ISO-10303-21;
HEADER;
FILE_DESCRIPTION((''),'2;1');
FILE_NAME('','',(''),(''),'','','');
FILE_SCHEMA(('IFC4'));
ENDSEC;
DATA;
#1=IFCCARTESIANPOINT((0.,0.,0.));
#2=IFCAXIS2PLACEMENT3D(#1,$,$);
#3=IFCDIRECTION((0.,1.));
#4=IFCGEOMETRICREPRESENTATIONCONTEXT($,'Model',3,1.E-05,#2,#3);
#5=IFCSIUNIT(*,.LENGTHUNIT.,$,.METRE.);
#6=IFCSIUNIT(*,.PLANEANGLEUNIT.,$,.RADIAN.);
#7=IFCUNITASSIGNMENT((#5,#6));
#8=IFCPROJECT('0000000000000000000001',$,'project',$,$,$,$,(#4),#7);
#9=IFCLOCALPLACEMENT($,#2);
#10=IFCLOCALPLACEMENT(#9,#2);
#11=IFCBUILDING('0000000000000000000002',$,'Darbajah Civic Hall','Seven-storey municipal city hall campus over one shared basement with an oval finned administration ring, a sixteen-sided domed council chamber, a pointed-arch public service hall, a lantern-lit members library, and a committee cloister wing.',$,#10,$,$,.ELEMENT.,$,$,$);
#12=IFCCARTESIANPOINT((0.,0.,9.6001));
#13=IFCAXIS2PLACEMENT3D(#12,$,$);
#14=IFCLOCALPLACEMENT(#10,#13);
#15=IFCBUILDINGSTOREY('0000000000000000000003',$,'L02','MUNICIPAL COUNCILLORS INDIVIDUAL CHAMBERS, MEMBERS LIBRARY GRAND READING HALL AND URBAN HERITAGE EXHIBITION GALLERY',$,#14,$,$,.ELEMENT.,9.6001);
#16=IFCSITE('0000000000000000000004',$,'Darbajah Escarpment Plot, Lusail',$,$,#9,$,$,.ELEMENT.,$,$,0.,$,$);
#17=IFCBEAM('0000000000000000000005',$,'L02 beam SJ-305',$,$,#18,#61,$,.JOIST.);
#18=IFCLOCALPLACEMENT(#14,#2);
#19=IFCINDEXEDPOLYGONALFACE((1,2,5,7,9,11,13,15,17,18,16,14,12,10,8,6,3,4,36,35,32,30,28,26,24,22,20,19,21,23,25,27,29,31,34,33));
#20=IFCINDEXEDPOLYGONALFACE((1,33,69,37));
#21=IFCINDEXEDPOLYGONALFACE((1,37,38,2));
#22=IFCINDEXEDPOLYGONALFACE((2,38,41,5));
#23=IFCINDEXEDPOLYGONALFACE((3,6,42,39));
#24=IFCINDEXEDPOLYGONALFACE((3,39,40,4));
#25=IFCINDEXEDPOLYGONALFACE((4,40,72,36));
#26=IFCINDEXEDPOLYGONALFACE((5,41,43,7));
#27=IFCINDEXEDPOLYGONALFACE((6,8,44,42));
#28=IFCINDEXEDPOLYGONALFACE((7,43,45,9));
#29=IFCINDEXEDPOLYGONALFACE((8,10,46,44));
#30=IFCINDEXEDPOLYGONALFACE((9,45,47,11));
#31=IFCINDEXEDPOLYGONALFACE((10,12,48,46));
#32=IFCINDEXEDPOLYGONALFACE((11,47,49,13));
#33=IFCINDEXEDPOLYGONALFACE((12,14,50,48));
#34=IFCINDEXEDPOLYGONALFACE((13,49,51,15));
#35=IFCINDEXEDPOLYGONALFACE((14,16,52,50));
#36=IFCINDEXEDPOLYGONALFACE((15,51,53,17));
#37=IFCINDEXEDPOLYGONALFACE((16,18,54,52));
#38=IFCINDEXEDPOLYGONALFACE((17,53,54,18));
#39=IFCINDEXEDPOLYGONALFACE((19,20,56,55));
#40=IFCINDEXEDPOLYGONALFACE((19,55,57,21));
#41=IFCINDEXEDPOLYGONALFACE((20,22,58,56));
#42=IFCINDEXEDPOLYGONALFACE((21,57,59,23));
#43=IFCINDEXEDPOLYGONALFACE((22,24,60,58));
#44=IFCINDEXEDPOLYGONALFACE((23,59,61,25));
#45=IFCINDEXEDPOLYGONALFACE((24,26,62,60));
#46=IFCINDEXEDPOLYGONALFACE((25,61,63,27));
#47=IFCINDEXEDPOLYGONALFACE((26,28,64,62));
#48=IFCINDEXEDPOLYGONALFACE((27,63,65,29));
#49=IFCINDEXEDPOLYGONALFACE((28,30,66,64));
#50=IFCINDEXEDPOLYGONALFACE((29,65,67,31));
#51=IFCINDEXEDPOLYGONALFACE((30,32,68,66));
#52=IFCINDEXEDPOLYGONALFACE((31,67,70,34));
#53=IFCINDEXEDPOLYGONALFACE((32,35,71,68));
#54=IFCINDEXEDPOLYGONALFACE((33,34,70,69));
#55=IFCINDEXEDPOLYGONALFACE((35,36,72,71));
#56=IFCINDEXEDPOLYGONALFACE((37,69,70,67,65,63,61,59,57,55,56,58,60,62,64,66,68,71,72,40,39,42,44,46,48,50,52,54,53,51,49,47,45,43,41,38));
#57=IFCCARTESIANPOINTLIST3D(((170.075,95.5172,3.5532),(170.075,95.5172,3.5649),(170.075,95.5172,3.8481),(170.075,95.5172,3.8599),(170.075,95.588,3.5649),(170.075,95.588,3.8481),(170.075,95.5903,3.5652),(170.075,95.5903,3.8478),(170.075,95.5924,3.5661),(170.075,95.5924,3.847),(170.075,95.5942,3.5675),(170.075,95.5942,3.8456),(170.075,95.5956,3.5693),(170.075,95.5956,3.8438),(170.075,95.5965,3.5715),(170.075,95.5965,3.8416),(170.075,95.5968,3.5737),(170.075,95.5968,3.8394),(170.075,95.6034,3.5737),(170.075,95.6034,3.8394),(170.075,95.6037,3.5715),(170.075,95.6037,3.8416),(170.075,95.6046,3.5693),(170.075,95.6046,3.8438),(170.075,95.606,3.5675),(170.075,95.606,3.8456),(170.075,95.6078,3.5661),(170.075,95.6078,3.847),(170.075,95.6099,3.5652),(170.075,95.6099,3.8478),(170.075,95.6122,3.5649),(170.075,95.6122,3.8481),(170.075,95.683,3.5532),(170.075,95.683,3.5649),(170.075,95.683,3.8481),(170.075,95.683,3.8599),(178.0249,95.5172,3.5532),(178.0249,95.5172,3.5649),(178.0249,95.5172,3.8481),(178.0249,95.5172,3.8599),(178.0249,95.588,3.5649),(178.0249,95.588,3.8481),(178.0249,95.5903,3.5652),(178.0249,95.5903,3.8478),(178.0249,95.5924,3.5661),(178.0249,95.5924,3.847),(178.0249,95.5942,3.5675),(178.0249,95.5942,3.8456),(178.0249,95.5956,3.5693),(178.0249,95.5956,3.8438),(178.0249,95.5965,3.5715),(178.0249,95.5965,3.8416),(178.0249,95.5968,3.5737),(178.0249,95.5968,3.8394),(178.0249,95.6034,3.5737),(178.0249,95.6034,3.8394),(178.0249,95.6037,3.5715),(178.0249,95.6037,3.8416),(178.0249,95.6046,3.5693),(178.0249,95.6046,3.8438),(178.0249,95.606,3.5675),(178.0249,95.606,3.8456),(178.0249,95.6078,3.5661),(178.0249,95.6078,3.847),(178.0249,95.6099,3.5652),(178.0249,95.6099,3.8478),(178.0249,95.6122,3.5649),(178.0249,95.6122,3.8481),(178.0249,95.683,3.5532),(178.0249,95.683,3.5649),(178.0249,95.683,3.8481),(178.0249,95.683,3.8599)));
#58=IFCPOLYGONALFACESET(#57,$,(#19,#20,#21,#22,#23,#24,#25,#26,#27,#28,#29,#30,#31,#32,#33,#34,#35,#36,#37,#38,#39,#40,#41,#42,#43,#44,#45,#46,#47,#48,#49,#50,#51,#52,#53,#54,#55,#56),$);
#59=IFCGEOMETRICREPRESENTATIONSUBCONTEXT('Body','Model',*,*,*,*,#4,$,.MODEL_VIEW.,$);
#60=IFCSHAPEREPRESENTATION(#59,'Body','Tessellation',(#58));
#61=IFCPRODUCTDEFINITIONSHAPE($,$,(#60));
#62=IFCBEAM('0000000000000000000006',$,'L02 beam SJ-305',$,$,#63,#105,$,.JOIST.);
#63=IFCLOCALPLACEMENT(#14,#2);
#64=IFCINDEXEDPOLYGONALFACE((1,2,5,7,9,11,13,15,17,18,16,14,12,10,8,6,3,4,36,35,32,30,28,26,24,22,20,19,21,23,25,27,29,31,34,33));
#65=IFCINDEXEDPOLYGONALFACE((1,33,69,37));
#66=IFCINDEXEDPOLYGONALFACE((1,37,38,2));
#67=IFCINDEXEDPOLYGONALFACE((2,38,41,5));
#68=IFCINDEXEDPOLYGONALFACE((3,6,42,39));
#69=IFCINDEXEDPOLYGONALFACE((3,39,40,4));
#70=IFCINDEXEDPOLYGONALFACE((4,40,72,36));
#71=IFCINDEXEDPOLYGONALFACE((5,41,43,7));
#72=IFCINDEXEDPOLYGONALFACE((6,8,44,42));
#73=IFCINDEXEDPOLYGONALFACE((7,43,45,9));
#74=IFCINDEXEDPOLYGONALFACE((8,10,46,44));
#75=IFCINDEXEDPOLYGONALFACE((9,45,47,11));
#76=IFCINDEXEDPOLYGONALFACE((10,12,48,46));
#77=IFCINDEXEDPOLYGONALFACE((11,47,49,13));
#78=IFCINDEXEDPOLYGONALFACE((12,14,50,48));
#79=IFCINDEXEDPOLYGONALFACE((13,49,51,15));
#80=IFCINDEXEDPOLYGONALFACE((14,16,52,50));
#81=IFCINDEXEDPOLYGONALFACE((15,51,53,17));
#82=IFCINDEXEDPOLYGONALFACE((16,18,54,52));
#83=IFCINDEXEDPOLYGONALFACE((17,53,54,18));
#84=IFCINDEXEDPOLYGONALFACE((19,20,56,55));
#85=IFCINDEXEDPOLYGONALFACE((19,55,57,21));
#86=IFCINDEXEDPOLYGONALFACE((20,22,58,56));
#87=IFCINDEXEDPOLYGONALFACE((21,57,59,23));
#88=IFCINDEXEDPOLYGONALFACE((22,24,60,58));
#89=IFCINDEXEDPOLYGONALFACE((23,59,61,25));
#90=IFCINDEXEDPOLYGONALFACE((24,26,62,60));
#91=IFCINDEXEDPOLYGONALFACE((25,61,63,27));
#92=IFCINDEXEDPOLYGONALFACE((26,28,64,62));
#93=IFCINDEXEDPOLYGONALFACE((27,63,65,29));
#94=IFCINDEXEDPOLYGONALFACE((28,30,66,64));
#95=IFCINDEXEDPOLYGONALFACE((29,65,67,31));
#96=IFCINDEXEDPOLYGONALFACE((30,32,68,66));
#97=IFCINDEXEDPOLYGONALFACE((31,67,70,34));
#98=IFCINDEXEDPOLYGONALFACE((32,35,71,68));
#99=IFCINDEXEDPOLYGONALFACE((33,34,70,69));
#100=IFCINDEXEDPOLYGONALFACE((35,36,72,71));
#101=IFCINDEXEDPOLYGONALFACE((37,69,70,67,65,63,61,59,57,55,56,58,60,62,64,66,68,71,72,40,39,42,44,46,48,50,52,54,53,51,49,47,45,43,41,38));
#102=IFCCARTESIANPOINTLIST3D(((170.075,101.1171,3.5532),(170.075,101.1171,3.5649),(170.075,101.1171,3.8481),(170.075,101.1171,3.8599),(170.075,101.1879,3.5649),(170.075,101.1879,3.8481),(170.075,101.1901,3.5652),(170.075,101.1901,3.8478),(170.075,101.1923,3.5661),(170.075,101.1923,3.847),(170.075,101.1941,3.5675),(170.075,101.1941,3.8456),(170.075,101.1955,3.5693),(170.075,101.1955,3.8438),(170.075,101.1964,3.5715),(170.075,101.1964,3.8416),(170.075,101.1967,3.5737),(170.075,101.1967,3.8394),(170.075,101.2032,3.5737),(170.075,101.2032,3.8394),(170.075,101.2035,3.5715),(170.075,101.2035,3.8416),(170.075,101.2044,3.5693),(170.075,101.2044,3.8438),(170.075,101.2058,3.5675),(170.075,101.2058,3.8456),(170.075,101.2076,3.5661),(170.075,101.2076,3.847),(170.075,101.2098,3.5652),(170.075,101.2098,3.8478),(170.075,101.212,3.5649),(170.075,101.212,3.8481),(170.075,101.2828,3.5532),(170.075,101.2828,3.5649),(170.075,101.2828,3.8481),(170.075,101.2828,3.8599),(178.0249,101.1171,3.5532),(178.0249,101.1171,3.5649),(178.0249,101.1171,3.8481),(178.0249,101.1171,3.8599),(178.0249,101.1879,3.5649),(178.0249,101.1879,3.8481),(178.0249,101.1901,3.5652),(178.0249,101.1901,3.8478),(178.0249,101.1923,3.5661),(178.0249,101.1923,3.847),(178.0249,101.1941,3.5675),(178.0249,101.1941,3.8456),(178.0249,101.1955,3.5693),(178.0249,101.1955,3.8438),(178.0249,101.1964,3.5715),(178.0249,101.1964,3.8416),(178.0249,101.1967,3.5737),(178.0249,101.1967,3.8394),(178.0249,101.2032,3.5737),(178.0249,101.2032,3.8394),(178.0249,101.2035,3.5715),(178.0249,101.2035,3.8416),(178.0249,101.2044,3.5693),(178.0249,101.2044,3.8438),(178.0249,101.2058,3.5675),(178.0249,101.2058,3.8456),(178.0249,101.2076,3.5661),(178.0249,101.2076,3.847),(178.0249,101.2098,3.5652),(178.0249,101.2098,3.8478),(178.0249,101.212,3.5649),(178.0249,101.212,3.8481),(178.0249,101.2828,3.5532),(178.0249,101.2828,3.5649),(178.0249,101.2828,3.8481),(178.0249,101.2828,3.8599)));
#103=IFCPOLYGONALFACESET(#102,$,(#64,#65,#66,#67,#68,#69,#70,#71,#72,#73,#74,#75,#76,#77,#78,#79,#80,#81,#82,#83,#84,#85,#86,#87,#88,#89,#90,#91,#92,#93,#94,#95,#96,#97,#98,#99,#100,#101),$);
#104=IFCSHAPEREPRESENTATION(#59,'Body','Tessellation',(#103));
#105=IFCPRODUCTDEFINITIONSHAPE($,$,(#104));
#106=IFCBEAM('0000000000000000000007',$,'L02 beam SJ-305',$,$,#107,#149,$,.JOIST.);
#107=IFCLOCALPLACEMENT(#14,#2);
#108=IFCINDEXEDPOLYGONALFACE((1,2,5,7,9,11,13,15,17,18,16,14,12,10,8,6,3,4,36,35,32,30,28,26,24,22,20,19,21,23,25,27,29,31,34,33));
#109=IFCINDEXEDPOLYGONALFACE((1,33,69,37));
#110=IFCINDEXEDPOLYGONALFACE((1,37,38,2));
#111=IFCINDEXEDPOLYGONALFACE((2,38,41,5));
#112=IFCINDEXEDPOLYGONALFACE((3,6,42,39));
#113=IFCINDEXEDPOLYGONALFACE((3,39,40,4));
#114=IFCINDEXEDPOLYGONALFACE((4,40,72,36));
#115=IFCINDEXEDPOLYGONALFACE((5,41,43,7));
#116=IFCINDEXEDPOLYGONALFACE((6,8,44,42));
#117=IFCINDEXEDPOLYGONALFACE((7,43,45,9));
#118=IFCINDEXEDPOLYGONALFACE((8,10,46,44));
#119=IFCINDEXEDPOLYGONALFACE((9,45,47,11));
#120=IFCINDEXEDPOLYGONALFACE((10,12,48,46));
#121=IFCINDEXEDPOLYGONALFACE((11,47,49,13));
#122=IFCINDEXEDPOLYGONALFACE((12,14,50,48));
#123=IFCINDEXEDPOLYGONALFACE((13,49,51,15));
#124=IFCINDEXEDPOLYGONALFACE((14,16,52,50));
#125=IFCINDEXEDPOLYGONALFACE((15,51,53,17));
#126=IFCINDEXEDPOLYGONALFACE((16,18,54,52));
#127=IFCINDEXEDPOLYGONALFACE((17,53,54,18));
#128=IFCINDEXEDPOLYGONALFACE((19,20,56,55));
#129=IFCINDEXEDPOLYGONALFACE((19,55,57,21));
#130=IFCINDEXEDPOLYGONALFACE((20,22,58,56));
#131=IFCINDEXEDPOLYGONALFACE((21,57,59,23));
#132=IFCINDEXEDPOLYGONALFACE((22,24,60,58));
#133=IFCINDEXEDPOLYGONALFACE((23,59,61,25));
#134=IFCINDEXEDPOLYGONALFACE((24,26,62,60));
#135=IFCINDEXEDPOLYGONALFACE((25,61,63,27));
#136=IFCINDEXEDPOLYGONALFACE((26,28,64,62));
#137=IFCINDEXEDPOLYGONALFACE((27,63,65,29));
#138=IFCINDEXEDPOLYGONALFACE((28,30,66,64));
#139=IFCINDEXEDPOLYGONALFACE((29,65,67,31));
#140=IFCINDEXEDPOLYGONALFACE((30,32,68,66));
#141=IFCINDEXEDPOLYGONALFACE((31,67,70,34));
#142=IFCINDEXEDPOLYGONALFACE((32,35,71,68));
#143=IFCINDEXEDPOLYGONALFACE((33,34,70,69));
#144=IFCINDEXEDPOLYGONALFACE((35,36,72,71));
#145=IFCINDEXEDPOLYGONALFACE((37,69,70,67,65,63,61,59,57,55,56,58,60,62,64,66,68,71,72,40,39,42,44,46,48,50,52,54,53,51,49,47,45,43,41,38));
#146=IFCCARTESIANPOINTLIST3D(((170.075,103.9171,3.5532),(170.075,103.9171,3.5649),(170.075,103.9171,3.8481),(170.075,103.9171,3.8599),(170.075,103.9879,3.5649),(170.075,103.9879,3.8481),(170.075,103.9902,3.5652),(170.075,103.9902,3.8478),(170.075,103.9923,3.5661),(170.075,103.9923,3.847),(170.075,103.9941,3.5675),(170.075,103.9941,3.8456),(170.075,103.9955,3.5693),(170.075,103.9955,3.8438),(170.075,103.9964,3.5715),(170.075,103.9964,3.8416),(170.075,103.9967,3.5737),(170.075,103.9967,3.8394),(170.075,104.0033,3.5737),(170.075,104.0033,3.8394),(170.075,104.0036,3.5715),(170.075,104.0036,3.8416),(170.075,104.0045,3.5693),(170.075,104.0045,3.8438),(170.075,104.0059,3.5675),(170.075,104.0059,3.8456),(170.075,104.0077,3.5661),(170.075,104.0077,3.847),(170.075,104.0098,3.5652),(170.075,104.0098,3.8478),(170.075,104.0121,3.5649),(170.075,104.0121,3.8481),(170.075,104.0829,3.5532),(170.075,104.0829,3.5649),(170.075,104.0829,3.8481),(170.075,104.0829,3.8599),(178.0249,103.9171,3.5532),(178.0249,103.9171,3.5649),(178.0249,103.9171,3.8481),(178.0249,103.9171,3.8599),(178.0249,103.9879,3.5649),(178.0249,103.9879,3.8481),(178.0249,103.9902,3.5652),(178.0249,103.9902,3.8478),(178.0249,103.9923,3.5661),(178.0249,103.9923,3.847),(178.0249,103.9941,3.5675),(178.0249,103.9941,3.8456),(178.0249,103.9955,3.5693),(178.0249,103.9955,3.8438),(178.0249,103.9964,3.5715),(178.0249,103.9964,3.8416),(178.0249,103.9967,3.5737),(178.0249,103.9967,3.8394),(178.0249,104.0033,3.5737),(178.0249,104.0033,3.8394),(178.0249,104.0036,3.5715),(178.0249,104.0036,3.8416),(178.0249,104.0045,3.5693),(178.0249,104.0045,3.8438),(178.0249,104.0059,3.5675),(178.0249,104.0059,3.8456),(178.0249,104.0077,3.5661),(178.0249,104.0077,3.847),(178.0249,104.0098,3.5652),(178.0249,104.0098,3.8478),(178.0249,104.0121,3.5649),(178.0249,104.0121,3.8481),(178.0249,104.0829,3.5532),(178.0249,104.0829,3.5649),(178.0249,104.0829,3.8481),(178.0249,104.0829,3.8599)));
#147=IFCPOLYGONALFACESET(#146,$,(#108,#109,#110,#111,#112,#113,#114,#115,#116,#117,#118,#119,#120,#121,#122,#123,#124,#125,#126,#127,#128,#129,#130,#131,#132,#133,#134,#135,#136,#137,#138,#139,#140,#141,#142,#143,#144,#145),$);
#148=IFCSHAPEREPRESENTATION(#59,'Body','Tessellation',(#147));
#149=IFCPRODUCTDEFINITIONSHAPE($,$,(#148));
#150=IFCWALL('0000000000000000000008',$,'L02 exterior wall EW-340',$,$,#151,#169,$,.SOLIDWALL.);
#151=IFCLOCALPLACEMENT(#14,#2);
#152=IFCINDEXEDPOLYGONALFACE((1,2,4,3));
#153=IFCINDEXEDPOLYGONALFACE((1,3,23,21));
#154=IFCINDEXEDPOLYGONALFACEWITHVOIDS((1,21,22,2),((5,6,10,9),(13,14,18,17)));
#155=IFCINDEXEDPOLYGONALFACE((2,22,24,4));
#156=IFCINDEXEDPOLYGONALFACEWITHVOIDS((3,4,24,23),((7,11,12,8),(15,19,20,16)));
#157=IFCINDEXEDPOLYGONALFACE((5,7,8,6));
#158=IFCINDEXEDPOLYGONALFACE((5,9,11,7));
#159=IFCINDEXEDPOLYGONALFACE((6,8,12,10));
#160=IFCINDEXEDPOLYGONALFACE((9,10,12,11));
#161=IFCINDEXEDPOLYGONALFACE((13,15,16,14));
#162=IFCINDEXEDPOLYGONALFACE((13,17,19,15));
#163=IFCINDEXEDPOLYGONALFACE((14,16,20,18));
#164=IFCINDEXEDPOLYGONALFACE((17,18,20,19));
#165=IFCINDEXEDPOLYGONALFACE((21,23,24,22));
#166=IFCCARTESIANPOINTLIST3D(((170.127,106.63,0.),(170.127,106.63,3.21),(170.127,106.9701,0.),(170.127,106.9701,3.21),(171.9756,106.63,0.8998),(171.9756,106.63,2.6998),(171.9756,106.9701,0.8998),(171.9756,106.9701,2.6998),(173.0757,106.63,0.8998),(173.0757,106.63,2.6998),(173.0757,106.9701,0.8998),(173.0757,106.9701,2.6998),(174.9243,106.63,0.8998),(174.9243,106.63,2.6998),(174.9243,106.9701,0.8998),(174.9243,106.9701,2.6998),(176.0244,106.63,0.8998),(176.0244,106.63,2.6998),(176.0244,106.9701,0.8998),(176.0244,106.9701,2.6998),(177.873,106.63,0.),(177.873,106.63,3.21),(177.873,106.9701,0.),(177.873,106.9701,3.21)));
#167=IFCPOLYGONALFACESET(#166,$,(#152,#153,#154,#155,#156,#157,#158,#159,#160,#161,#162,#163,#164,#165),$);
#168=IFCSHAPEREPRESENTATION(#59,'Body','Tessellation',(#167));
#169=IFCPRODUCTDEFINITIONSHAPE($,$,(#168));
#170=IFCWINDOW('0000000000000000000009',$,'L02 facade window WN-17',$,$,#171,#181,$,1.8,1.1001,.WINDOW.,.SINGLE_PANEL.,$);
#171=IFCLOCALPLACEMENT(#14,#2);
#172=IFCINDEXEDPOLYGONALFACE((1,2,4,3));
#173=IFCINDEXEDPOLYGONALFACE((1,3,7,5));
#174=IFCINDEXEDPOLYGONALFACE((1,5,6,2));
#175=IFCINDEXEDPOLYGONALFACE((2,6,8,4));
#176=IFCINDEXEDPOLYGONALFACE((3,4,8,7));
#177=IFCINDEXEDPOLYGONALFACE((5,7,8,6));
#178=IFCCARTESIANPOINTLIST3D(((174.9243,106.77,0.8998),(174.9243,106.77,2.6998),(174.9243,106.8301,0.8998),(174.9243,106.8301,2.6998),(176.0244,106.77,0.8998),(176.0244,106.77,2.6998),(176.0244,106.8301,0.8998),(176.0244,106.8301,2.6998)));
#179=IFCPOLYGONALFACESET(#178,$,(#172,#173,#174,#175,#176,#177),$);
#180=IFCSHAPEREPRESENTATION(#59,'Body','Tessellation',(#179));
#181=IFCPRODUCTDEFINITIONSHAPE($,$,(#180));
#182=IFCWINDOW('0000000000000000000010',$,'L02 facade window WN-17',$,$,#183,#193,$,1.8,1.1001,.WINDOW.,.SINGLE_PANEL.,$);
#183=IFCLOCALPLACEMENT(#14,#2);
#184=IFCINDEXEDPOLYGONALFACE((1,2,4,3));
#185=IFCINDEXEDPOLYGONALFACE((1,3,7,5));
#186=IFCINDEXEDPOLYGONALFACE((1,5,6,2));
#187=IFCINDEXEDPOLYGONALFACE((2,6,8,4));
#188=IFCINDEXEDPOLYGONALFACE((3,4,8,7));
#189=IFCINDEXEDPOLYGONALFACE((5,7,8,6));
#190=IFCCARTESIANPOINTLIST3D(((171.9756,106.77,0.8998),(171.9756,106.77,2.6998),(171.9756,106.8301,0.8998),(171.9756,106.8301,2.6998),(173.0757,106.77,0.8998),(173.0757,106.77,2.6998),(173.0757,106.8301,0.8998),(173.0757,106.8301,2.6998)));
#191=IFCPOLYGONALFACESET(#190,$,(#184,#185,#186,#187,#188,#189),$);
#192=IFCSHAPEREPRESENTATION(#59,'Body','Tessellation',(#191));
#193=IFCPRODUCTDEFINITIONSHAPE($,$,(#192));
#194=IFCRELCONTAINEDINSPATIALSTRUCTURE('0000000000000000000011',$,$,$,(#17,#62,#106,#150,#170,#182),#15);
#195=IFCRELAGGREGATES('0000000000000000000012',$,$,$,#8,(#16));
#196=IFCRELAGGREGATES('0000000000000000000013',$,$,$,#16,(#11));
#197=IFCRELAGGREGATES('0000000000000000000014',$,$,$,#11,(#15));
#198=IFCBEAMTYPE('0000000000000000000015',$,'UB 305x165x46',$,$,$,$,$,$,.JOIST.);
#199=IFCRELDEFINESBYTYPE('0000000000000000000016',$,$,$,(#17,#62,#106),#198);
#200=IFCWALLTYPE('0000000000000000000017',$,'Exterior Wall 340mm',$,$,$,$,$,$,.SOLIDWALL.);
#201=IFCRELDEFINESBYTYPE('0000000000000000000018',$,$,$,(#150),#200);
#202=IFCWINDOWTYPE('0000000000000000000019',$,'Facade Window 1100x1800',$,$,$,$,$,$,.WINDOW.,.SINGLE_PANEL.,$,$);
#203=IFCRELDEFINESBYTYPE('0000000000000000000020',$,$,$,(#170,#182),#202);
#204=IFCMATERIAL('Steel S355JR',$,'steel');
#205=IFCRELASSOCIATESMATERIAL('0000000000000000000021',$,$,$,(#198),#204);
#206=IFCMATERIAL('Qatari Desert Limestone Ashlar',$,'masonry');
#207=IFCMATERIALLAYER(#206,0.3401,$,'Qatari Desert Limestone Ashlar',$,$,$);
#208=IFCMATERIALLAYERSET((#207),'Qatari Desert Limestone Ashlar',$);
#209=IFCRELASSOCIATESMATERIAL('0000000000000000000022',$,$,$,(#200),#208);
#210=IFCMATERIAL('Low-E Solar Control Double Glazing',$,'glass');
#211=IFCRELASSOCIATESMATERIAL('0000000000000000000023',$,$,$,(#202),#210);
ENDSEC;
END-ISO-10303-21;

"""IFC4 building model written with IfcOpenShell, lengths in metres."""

from ifc_helpers import new_model, si_unit, direction, frame, frame_2d, origin, origin_2d, place, context, subcontext, project, spatial, rectangle, i_section, extrude, material, layer, layer_set, material_profile, profile_set, type_object, element, fill, save


model = new_model("IFC4")

# Units and contexts
model_context = context("Model", 3, precision=1e-05, world=origin(), true_north=direction((0.0, 1.0)))
body_context = subcontext(model_context, "Body", "Model", "MODEL_VIEW")
ifc_project = project(units=[si_unit("LENGTHUNIT", "METRE"), si_unit("PLANEANGLEUNIT", "RADIAN")], contexts=[model_context])

# Site, building, storey
site_placement = place(None, origin())
site = spatial("IfcSite", under=ifc_project, at=site_placement, Name="Darbajah Escarpment Plot, Lusail", CompositionType="ELEMENT", RefElevation=0.0)
building_placement = place(site_placement, origin())
building = spatial("IfcBuilding", under=site, at=building_placement, Name="Darbajah Civic Hall", Description="Seven-storey municipal city hall campus over one shared basement with an oval finned administration ring, a sixteen-sided domed council chamber, a pointed-arch public service hall, a lantern-lit members library, and a committee cloister wing.", CompositionType="ELEMENT")
storey_placement = place(building_placement, frame((0.0, 0.0, 9.6001)))
storey = spatial("IfcBuildingStorey", under=building, at=storey_placement, Name="L02", Description="MUNICIPAL COUNCILLORS INDIVIDUAL CHAMBERS, MEMBERS LIBRARY GRAND READING HALL AND URBAN HERITAGE EXHIBITION GALLERY", CompositionType="ELEMENT", Elevation=9.6001)

# Beams
ifc_material_1 = material(Name="Steel S355JR", Category="steel")
ifc_material_profile_1 = material_profile(ifc_material_1, i_section(OverallWidth=0.1658, OverallDepth=0.3066, WebThickness=0.0066, FlangeThickness=0.0117, FilletRadius=0.0088, at=origin_2d()), Name="UB 305x165x46")
ifc_profile_set_1 = profile_set([ifc_material_profile_1], Name="Steel S355JR")
beam_type_1 = type_object("IfcBeamType", Name="UB 305x165x46", PredefinedType="JOIST", material=ifc_profile_set_1)
for number, where, z_axis, x_axis, name in (
    (1, (170.075, 95.6001, 3.7065), (1.0, 0.0, 0.0), (0.0, 1.0, 0.0), "L02 beam SJ-305"),
    (2, (170.075, 101.2, 3.7065), (1.0, 0.0, 0.0), (0.0, 1.0, 0.0), "L02 beam SJ-305"),
    (3, (170.075, 104.0, 3.7065), (1.0, 0.0, 0.0), (0.0, 1.0, 0.0), "L02 beam SJ-305"),
):
    element("IfcBeam", number, at=place(storey_placement, frame(where, z_axis=z_axis, x_axis=x_axis)), inside=storey, type_object=beam_type_1, Name=name, PredefinedType="JOIST", context=body_context, shape_type="SweptSolid", body=[
        extrude(i_section(OverallWidth=0.1658, OverallDepth=0.3066, WebThickness=0.0066, FlangeThickness=0.0117, FilletRadius=0.0088, at=origin_2d()), origin(), (0.0, 0.0, 1.0), 7.95),
    ])

# Wall, openings, windows
ifc_material_2 = material(Name="Qatari Desert Limestone Ashlar", Category="masonry")
ifc_layer = layer(ifc_material_2, 0.3401, Name="Qatari Desert Limestone Ashlar")
ifc_layer_set = layer_set([ifc_layer], Name="Qatari Desert Limestone Ashlar")
wall_type = type_object("IfcWallType", Name="Exterior Wall 340mm", PredefinedType="SOLIDWALL", material=ifc_layer_set)
wall_1_placement = place(storey_placement, frame((177.873, 106.8, 0.0), z_axis=(0.0, 0.0, 1.0), x_axis=(-1.0, 0.0, 0.0)))
wall_1 = element("IfcWall", 4, at=wall_1_placement, inside=storey, type_object=wall_type, Name="L02 exterior wall EW-340", PredefinedType="SOLIDWALL", context=body_context, shape_type="SweptSolid", body=[
    extrude(rectangle(XDim=7.7461, YDim=0.3401, at=frame_2d((3.873, 0.0))), origin(), (0.0, 0.0, 1.0), 3.21),
])
opening_1_placement = place(wall_1_placement, frame((1.8486, 0.0, 0.8999)))
opening_1 = element("IfcOpeningElement", 5, at=opening_1_placement, cuts=wall_1, PredefinedType="OPENING", context=body_context, shape_type="SweptSolid", body=[
    extrude(rectangle(XDim=1.1001, YDim=1.8, at=frame_2d((0.55, 0.8999))), frame((0.0, 0.1799, 0.0), z_axis=(0.0, -1.0, 0.0), x_axis=(1.0, 0.0, 0.0)), (0.0, 0.0, 1.0), 0.3601),
])
opening_2_placement = place(wall_1_placement, frame((4.7974, 0.0, 0.8999)))
opening_2 = element("IfcOpeningElement", 6, at=opening_2_placement, cuts=wall_1, PredefinedType="OPENING", context=body_context, shape_type="SweptSolid", body=[
    extrude(rectangle(XDim=1.1001, YDim=1.8, at=frame_2d((0.55, 0.8999))), frame((0.0, 0.1799, 0.0), z_axis=(0.0, -1.0, 0.0), x_axis=(1.0, 0.0, 0.0)), (0.0, 0.0, 1.0), 0.3601),
])
ifc_material_3 = material(Name="Low-E Solar Control Double Glazing", Category="glass")
window_type = type_object("IfcWindowType", Name="Facade Window 1100x1800", PartitioningType="SINGLE_PANEL", PredefinedType="WINDOW", material=ifc_material_3)
window_1_placement = place(opening_1_placement, origin())
window_1 = element("IfcWindow", 7, at=window_1_placement, inside=storey, type_object=window_type, Name="L02 facade window WN-17", OverallHeight=1.8, OverallWidth=1.1001, PartitioningType="SINGLE_PANEL", PredefinedType="WINDOW", context=body_context, shape_type="SweptSolid", body=[
    extrude(rectangle(XDim=1.1001, YDim=1.8, at=frame_2d((0.55, 0.8999))), frame((0.0, 0.03, 0.0), z_axis=(0.0, -1.0, 0.0), x_axis=(1.0, 0.0, 0.0)), (0.0, 0.0, 1.0), 0.0601),
])
fill(opening_1, window_1)
window_2_placement = place(opening_2_placement, origin())
window_2 = element("IfcWindow", 8, at=window_2_placement, inside=storey, type_object=window_type, Name="L02 facade window WN-17", OverallHeight=1.8, OverallWidth=1.1001, PartitioningType="SINGLE_PANEL", PredefinedType="WINDOW", context=body_context, shape_type="SweptSolid", body=[
    extrude(rectangle(XDim=1.1001, YDim=1.8, at=frame_2d((0.55, 0.8999))), frame((0.0, 0.03, 0.0), z_axis=(0.0, -1.0, 0.0), x_axis=(1.0, 0.0, 0.0)), (0.0, 0.0, 1.0), 0.0601),
])
fill(opening_2, window_2)

save(model, "model.ifc")
